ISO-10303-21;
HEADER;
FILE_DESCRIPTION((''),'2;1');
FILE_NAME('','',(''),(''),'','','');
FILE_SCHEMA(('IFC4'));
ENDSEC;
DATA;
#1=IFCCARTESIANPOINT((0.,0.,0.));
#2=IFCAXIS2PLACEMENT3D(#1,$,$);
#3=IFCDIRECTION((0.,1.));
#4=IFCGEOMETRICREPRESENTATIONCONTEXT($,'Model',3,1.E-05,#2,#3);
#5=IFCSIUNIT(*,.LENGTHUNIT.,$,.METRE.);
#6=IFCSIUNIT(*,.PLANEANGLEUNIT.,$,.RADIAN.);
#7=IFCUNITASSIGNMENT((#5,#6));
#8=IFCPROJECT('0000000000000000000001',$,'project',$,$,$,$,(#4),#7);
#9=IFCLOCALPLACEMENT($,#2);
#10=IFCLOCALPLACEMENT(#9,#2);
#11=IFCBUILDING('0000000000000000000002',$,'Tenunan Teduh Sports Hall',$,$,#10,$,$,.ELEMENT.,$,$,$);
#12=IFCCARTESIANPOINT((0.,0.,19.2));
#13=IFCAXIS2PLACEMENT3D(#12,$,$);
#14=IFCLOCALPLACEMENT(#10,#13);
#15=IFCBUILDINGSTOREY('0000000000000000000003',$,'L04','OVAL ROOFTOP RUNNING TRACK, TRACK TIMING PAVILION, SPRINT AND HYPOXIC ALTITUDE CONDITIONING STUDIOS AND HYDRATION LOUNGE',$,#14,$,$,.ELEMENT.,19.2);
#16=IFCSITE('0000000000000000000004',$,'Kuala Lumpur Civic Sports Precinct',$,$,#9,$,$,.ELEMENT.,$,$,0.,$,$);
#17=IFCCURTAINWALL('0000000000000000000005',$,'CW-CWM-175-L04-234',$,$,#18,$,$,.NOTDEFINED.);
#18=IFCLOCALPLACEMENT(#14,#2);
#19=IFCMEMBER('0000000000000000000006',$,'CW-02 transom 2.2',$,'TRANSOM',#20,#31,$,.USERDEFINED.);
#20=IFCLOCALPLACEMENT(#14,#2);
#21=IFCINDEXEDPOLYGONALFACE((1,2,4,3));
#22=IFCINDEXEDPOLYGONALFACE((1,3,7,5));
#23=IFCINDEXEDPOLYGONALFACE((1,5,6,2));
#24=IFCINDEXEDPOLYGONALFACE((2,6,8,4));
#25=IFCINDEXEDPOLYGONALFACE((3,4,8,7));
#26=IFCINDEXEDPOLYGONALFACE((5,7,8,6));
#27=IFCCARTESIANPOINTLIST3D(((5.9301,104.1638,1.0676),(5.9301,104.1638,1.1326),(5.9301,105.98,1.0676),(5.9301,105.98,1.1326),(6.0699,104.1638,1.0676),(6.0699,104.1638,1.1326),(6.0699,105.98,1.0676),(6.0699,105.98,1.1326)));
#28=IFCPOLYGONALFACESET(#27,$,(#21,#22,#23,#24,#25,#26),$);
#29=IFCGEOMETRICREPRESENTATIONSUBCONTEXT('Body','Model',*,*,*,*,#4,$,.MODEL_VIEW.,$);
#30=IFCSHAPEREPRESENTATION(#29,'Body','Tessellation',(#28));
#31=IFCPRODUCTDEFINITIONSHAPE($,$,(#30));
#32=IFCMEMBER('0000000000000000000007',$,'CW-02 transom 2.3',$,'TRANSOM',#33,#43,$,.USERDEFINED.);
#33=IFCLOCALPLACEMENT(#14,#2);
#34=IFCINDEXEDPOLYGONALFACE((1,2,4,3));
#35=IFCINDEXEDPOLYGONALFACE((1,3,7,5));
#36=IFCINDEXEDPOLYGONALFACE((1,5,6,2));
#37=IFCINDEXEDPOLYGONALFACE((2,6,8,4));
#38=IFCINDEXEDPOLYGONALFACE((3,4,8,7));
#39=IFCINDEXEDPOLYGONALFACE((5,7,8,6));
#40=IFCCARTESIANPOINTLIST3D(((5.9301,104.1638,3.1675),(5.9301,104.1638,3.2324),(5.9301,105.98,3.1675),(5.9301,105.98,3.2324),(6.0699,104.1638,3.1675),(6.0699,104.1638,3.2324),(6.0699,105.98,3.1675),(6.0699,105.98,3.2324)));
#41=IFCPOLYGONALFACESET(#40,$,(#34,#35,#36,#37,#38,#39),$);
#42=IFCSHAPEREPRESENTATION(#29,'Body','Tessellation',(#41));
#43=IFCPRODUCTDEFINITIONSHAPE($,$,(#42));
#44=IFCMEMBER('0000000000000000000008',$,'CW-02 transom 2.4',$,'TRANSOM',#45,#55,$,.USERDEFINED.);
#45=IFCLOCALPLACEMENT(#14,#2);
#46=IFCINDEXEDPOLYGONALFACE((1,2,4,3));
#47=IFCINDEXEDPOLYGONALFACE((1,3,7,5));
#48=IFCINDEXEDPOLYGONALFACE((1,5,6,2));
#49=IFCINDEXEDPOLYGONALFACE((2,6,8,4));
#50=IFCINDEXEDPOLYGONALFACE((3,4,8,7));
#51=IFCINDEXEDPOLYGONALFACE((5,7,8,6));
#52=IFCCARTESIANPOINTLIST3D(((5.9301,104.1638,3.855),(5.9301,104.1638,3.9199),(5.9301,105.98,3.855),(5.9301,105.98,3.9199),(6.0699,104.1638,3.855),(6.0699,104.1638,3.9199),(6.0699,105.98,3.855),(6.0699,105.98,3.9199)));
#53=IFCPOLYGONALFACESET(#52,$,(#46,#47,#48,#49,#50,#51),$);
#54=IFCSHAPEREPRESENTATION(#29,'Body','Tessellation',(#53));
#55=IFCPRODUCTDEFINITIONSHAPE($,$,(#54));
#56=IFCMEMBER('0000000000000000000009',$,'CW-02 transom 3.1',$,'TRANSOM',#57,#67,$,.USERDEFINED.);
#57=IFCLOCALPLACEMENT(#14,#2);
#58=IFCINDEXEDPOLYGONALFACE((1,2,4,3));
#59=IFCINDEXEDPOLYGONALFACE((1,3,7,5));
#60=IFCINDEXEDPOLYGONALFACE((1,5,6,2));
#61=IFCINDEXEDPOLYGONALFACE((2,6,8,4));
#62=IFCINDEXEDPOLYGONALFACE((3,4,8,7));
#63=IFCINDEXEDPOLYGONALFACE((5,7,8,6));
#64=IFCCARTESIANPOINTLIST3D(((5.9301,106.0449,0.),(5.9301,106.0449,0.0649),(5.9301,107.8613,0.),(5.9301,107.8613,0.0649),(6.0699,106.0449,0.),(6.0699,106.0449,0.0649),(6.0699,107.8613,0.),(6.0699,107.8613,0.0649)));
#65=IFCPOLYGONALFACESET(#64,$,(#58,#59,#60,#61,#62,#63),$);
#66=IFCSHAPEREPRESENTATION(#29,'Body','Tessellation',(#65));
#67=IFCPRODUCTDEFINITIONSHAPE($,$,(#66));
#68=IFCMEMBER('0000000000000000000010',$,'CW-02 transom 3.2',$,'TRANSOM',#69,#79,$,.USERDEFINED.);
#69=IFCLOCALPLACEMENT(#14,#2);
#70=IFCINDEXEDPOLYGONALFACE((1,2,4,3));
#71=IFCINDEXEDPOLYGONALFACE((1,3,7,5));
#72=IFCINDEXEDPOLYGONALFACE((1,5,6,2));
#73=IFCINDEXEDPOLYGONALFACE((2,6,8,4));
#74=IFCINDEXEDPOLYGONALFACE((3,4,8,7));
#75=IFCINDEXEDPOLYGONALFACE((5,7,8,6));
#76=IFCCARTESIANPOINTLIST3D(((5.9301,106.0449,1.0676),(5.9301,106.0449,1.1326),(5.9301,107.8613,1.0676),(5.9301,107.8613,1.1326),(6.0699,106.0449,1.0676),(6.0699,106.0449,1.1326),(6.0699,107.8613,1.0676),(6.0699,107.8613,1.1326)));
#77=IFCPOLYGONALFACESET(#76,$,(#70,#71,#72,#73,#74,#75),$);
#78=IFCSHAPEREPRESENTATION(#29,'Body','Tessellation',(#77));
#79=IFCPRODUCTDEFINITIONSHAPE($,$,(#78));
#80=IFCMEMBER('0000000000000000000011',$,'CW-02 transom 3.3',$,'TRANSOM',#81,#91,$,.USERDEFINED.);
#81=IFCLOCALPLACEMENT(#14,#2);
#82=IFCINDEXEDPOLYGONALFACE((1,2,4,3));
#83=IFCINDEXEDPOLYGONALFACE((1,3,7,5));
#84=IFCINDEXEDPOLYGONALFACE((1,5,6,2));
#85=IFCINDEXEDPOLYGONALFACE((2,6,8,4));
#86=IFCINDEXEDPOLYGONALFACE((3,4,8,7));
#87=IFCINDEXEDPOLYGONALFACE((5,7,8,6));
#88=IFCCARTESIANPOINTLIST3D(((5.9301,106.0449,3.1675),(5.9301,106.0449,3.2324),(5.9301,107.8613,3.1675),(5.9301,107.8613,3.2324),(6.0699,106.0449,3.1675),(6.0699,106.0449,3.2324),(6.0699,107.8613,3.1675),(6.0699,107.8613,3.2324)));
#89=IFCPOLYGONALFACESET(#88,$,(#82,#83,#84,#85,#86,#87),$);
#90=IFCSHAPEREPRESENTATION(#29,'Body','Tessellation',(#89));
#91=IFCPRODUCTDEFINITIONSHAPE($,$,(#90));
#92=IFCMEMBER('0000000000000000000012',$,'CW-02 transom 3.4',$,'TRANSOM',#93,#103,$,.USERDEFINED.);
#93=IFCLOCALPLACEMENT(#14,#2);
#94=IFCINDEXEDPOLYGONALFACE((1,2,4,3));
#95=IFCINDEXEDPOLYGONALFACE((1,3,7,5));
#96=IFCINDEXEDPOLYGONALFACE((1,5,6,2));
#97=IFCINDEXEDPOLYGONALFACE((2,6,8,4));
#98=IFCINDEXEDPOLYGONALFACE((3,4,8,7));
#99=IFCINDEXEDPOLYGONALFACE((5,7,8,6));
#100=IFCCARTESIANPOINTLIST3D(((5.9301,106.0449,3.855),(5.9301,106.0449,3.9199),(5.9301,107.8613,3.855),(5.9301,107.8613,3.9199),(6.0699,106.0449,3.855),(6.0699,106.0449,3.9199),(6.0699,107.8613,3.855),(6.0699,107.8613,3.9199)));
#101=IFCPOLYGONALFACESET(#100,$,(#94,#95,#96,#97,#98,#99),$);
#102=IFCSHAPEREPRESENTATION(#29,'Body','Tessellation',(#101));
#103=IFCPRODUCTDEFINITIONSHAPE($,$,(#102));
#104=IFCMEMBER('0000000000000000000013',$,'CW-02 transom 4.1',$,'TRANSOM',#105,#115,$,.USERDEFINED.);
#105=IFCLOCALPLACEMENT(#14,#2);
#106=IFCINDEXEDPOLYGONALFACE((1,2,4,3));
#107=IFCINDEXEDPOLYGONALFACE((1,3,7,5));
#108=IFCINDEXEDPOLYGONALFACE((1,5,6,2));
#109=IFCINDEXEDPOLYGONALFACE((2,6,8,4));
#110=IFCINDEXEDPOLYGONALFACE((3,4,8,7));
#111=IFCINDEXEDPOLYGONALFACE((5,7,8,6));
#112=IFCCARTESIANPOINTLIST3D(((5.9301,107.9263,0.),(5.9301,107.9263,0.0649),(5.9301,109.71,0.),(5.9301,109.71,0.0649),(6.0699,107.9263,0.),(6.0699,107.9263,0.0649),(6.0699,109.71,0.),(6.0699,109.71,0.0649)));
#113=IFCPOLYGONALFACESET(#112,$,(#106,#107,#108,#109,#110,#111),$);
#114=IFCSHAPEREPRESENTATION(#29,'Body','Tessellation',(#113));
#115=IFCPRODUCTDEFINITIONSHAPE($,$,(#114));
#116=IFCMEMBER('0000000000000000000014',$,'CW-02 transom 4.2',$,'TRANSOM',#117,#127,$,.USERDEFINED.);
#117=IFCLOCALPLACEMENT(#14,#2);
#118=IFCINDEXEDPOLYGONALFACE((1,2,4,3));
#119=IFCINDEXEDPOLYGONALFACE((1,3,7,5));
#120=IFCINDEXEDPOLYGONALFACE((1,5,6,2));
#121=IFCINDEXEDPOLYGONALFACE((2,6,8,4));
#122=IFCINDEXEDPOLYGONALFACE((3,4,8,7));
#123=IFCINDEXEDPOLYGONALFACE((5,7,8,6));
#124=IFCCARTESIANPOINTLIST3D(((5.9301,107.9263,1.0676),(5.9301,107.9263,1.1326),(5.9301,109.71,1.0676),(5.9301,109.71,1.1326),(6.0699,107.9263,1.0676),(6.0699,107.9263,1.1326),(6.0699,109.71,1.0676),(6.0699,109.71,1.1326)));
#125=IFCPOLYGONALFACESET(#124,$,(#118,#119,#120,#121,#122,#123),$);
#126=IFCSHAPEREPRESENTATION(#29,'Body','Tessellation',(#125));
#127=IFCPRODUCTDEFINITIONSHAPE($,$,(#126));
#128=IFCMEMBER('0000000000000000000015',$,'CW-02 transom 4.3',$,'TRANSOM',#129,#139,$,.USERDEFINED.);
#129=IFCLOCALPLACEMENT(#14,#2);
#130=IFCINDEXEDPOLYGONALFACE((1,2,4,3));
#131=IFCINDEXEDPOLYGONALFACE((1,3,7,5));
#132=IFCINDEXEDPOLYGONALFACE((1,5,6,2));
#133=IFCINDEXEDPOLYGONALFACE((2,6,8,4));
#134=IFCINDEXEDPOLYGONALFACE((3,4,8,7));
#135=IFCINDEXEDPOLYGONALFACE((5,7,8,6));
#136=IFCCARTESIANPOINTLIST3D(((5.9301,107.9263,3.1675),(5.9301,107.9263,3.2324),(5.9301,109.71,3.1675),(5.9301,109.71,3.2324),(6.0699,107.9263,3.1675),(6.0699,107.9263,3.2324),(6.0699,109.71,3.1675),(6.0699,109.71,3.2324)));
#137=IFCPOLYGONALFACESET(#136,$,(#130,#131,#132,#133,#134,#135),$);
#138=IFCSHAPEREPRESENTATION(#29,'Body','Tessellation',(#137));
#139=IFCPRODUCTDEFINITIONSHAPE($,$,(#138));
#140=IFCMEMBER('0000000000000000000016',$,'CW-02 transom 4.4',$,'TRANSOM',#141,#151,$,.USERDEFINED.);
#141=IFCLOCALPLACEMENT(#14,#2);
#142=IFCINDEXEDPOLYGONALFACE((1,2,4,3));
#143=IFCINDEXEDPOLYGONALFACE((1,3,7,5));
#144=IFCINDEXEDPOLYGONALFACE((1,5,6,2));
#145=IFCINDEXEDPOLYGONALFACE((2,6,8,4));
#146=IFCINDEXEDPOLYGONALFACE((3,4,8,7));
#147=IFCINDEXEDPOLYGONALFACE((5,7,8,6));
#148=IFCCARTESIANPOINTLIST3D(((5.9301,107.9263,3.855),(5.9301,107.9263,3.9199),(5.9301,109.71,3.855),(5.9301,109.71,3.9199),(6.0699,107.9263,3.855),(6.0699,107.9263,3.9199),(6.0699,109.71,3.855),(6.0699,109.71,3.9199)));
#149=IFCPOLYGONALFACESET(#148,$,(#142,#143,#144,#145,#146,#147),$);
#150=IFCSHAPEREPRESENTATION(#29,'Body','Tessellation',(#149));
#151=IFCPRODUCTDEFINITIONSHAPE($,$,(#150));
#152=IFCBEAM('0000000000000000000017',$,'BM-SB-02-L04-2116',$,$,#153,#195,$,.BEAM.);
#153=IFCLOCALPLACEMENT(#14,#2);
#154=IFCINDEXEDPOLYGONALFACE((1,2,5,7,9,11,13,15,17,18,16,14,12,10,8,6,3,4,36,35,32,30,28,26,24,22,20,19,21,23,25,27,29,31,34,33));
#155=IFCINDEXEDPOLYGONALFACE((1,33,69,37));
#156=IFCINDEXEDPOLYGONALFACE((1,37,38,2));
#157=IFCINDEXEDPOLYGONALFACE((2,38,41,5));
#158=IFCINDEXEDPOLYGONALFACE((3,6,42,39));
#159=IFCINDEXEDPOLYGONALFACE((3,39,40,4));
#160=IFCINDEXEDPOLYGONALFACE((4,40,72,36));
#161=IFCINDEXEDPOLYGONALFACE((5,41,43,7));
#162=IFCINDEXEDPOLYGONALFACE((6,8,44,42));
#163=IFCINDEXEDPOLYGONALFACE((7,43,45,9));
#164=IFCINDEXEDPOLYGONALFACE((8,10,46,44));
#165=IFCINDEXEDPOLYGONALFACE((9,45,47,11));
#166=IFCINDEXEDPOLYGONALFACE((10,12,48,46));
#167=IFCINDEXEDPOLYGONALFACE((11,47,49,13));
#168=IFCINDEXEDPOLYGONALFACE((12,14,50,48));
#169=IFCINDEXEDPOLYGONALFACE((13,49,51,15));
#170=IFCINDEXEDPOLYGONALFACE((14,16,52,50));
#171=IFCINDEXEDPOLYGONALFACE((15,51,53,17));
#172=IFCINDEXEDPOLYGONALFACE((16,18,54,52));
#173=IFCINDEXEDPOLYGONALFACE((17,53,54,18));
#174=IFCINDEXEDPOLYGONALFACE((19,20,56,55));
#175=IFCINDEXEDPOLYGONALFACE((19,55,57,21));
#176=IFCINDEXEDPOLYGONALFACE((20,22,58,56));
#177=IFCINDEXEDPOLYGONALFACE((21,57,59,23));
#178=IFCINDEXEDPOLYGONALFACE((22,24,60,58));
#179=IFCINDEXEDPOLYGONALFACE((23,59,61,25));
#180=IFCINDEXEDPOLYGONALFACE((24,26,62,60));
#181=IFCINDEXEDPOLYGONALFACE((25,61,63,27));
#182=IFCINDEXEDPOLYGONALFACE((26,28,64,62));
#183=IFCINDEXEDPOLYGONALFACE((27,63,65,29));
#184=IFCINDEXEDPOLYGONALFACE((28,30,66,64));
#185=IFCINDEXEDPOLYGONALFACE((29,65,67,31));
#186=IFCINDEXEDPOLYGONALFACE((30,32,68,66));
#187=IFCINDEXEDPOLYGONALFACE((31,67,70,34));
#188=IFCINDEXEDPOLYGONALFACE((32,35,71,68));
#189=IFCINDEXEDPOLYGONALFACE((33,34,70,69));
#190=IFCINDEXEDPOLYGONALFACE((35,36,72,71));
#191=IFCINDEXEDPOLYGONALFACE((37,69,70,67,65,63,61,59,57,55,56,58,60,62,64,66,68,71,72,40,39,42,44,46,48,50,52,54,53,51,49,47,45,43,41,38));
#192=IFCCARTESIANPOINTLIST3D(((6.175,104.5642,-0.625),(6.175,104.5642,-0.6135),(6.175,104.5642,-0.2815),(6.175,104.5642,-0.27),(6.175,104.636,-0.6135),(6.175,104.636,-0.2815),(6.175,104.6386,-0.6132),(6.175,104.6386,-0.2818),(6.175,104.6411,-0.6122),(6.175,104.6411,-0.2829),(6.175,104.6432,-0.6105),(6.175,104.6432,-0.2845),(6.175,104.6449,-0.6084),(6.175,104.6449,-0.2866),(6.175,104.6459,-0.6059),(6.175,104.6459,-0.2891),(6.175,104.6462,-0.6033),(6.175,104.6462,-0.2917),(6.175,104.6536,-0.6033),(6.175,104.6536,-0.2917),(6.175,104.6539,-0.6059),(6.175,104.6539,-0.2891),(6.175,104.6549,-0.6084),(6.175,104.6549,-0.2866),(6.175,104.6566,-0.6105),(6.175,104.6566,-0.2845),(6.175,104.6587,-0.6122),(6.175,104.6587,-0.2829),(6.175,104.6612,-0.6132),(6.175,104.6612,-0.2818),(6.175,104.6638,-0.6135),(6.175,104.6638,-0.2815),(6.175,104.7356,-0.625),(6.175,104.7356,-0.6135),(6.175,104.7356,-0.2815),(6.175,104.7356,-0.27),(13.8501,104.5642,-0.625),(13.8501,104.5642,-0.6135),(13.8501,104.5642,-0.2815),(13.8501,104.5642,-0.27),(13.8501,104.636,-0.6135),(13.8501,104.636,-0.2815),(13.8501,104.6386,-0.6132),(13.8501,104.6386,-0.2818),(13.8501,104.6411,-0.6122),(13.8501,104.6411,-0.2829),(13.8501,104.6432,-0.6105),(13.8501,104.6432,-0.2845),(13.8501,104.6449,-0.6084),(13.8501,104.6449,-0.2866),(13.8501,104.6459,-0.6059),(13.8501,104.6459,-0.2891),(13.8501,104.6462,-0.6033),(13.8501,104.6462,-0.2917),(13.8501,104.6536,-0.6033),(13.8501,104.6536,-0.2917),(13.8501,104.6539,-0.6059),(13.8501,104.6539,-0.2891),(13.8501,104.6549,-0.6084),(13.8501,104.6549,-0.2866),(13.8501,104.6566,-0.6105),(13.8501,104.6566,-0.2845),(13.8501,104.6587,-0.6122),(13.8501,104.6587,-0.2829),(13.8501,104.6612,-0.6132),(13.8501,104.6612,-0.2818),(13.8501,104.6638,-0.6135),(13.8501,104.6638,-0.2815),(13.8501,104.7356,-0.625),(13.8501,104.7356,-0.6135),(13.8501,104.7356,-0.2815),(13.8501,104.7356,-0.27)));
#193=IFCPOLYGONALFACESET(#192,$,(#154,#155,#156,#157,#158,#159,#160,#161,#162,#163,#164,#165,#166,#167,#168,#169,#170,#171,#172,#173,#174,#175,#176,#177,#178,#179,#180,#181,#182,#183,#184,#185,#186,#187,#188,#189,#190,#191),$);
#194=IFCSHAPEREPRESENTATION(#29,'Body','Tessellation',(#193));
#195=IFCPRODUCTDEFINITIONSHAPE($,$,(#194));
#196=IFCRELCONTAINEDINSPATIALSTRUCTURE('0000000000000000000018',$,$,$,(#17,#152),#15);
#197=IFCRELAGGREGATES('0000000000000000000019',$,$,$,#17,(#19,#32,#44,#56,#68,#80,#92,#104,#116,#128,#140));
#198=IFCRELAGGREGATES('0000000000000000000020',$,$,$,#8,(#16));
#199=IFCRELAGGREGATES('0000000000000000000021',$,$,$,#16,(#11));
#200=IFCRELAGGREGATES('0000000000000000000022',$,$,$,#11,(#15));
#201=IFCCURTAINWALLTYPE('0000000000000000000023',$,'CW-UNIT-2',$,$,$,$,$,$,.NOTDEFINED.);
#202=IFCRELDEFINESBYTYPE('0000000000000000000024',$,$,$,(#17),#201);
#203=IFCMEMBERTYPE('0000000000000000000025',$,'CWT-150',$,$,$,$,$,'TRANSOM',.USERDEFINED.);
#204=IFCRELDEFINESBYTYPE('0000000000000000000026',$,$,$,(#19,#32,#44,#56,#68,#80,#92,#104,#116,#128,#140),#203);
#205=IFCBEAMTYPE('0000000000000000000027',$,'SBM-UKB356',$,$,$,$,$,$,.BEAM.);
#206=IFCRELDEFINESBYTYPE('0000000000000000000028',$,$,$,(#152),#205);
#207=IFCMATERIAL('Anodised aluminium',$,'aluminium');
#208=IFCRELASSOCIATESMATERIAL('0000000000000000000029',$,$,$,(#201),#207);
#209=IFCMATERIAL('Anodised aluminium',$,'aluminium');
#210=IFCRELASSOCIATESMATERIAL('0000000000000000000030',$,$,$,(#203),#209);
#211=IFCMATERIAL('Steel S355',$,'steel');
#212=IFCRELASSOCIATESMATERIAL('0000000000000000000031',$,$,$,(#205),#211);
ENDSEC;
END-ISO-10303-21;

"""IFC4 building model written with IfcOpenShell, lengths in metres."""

from ifc_helpers import new_model, si_unit, direction, frame, origin, origin_2d, place, context, subcontext, project, spatial, rectangle, i_section, extrude, material, material_profile, profile_set, type_object, element, aggregate, save


model = new_model("IFC4")

# Units and contexts
model_context = context("Model", 3, precision=1e-05, world=origin(), true_north=direction((0.0, 1.0)))
body_context = subcontext(model_context, "Body", "Model", "MODEL_VIEW")
ifc_project = project(units=[si_unit("LENGTHUNIT", "METRE"), si_unit("PLANEANGLEUNIT", "RADIAN")], contexts=[model_context])

# Site, building, storey
site_placement = place(None, origin())
site = spatial("IfcSite", under=ifc_project, at=site_placement, Name="Kuala Lumpur Civic Sports Precinct", CompositionType="ELEMENT", RefElevation=0.0)
building_placement = place(site_placement, origin())
building = spatial("IfcBuilding", under=site, at=building_placement, Name="Tenunan Teduh Sports Hall", CompositionType="ELEMENT")
storey_placement = place(building_placement, frame((0.0, 0.0, 19.2)))
storey = spatial("IfcBuildingStorey", under=building, at=storey_placement, Name="L04", Description="OVAL ROOFTOP RUNNING TRACK, TRACK TIMING PAVILION, SPRINT AND HYPOXIC ALTITUDE CONDITIONING STUDIOS AND HYDRATION LOUNGE", CompositionType="ELEMENT", Elevation=19.2)

# Curtain wall
ifc_material_1 = material(Name="Anodised aluminium", Category="aluminium")
curtain_wall_type = type_object("IfcCurtainWallType", Name="CW-UNIT-2", PredefinedType="NOTDEFINED", material=ifc_material_1)
curtain_wall_1_placement = place(storey_placement, origin())
curtain_wall_1 = element("IfcCurtainWall", 1, at=curtain_wall_1_placement, inside=storey, type_object=curtain_wall_type, Name="CW-CWM-175-L04-234", PredefinedType="NOTDEFINED")

# Members
ifc_material_2 = material(Name="Anodised aluminium", Category="aluminium")
ifc_material_profile_1 = material_profile(ifc_material_2, rectangle(XDim=0.0649, YDim=0.1399, at=origin_2d()), Name="CWT 65x140")
ifc_profile_set_1 = profile_set([ifc_material_profile_1], Name="Anodised aluminium")
member_type_1 = type_object("IfcMemberType", Name="CWT-150", ElementType="TRANSOM", PredefinedType="USERDEFINED", material=ifc_profile_set_1)
member_1_placement = place(storey_placement, frame((6.0, 104.1638, 1.1001), z_axis=(0.0, 1.0, 0.0), x_axis=(0.0, 0.0, 1.0)))
member_1 = element("IfcMember", 2, at=member_1_placement, type_object=member_type_1, Name="CW-02 transom 2.2", ObjectType="TRANSOM", PredefinedType="USERDEFINED", context=body_context, shape_type="SweptSolid", body=[
    extrude(rectangle(XDim=0.0649, YDim=0.1399, at=origin_2d()), origin(), (0.0, 0.0, 1.0), 1.8162),
])
member_2_placement = place(storey_placement, frame((6.0, 104.1638, 3.2), z_axis=(0.0, 1.0, 0.0), x_axis=(0.0, 0.0, 1.0)))
member_2 = element("IfcMember", 3, at=member_2_placement, type_object=member_type_1, Name="CW-02 transom 2.3", ObjectType="TRANSOM", PredefinedType="USERDEFINED", context=body_context, shape_type="SweptSolid", body=[
    extrude(rectangle(XDim=0.0649, YDim=0.1399, at=origin_2d()), origin(), (0.0, 0.0, 1.0), 1.8162),
])
member_3_placement = place(storey_placement, frame((6.0, 104.1638, 3.8875), z_axis=(0.0, 1.0, 0.0), x_axis=(0.0, 0.0, 1.0)))
member_3 = element("IfcMember", 4, at=member_3_placement, type_object=member_type_1, Name="CW-02 transom 2.4", ObjectType="TRANSOM", PredefinedType="USERDEFINED", context=body_context, shape_type="SweptSolid", body=[
    extrude(rectangle(XDim=0.0649, YDim=0.1399, at=origin_2d()), origin(), (0.0, 0.0, 1.0), 1.8162),
])
member_4_placement = place(storey_placement, frame((6.0, 106.0449, 0.0325), z_axis=(0.0, 1.0, 0.0), x_axis=(0.0, 0.0, 1.0)))
member_4 = element("IfcMember", 5, at=member_4_placement, type_object=member_type_1, Name="CW-02 transom 3.1", ObjectType="TRANSOM", PredefinedType="USERDEFINED", context=body_context, shape_type="SweptSolid", body=[
    extrude(rectangle(XDim=0.0649, YDim=0.1399, at=origin_2d()), origin(), (0.0, 0.0, 1.0), 1.8164),
])
member_5_placement = place(storey_placement, frame((6.0, 106.0449, 1.1001), z_axis=(0.0, 1.0, 0.0), x_axis=(0.0, 0.0, 1.0)))
member_5 = element("IfcMember", 6, at=member_5_placement, type_object=member_type_1, Name="CW-02 transom 3.2", ObjectType="TRANSOM", PredefinedType="USERDEFINED", context=body_context, shape_type="SweptSolid", body=[
    extrude(rectangle(XDim=0.0649, YDim=0.1399, at=origin_2d()), origin(), (0.0, 0.0, 1.0), 1.8164),
])
member_6_placement = place(storey_placement, frame((6.0, 106.0449, 3.2), z_axis=(0.0, 1.0, 0.0), x_axis=(0.0, 0.0, 1.0)))
member_6 = element("IfcMember", 7, at=member_6_placement, type_object=member_type_1, Name="CW-02 transom 3.3", ObjectType="TRANSOM", PredefinedType="USERDEFINED", context=body_context, shape_type="SweptSolid", body=[
    extrude(rectangle(XDim=0.0649, YDim=0.1399, at=origin_2d()), origin(), (0.0, 0.0, 1.0), 1.8164),
])
member_7_placement = place(storey_placement, frame((6.0, 106.0449, 3.8875), z_axis=(0.0, 1.0, 0.0), x_axis=(0.0, 0.0, 1.0)))
member_7 = element("IfcMember", 8, at=member_7_placement, type_object=member_type_1, Name="CW-02 transom 3.4", ObjectType="TRANSOM", PredefinedType="USERDEFINED", context=body_context, shape_type="SweptSolid", body=[
    extrude(rectangle(XDim=0.0649, YDim=0.1399, at=origin_2d()), origin(), (0.0, 0.0, 1.0), 1.8164),
])
member_8_placement = place(storey_placement, frame((6.0, 107.9263, 0.0325), z_axis=(0.0, 1.0, 0.0), x_axis=(0.0, 0.0, 1.0)))
member_8 = element("IfcMember", 9, at=member_8_placement, type_object=member_type_1, Name="CW-02 transom 4.1", ObjectType="TRANSOM", PredefinedType="USERDEFINED", context=body_context, shape_type="SweptSolid", body=[
    extrude(rectangle(XDim=0.0649, YDim=0.1399, at=origin_2d()), origin(), (0.0, 0.0, 1.0), 1.7837),
])
member_9_placement = place(storey_placement, frame((6.0, 107.9263, 1.1001), z_axis=(0.0, 1.0, 0.0), x_axis=(0.0, 0.0, 1.0)))
member_9 = element("IfcMember", 10, at=member_9_placement, type_object=member_type_1, Name="CW-02 transom 4.2", ObjectType="TRANSOM", PredefinedType="USERDEFINED", context=body_context, shape_type="SweptSolid", body=[
    extrude(rectangle(XDim=0.0649, YDim=0.1399, at=origin_2d()), origin(), (0.0, 0.0, 1.0), 1.7837),
])
member_10_placement = place(storey_placement, frame((6.0, 107.9263, 3.2), z_axis=(0.0, 1.0, 0.0), x_axis=(0.0, 0.0, 1.0)))
member_10 = element("IfcMember", 11, at=member_10_placement, type_object=member_type_1, Name="CW-02 transom 4.3", ObjectType="TRANSOM", PredefinedType="USERDEFINED", context=body_context, shape_type="SweptSolid", body=[
    extrude(rectangle(XDim=0.0649, YDim=0.1399, at=origin_2d()), origin(), (0.0, 0.0, 1.0), 1.7837),
])
member_11_placement = place(storey_placement, frame((6.0, 107.9263, 3.8875), z_axis=(0.0, 1.0, 0.0), x_axis=(0.0, 0.0, 1.0)))
member_11 = element("IfcMember", 12, at=member_11_placement, type_object=member_type_1, Name="CW-02 transom 4.4", ObjectType="TRANSOM", PredefinedType="USERDEFINED", context=body_context, shape_type="SweptSolid", body=[
    extrude(rectangle(XDim=0.0649, YDim=0.1399, at=origin_2d()), origin(), (0.0, 0.0, 1.0), 1.7837),
])

# Beam
ifc_material_3 = material(Name="Steel S355", Category="steel")
ifc_material_profile_2 = material_profile(ifc_material_3, i_section(OverallWidth=0.1714, OverallDepth=0.355, WebThickness=0.0073, FlangeThickness=0.0115, FilletRadius=0.0103, at=origin_2d()), Name="UKB 356x171x51")
ifc_profile_set_2 = profile_set([ifc_material_profile_2], Name="Steel S355")
beam_type_1 = type_object("IfcBeamType", Name="SBM-UKB356", PredefinedType="BEAM", material=ifc_profile_set_2)
beam_1_placement = place(storey_placement, frame((6.175, 104.6499, -0.4475), z_axis=(1.0, 0.0, 0.0), x_axis=(0.0, 1.0, 0.0)))
element("IfcBeam", 13, at=beam_1_placement, inside=storey, type_object=beam_type_1, Name="BM-SB-02-L04-2116", PredefinedType="BEAM", context=body_context, shape_type="SweptSolid", body=[
    extrude(i_section(OverallWidth=0.1714, OverallDepth=0.355, WebThickness=0.0073, FlangeThickness=0.0115, FilletRadius=0.0103, at=origin_2d()), origin(), (0.0, 0.0, 1.0), 7.675),
])

aggregate(curtain_wall_1, [member_1, member_2, member_3, member_4, member_5, member_6, member_7, member_8, member_9, member_10, member_11])

save(model, "model.ifc")
